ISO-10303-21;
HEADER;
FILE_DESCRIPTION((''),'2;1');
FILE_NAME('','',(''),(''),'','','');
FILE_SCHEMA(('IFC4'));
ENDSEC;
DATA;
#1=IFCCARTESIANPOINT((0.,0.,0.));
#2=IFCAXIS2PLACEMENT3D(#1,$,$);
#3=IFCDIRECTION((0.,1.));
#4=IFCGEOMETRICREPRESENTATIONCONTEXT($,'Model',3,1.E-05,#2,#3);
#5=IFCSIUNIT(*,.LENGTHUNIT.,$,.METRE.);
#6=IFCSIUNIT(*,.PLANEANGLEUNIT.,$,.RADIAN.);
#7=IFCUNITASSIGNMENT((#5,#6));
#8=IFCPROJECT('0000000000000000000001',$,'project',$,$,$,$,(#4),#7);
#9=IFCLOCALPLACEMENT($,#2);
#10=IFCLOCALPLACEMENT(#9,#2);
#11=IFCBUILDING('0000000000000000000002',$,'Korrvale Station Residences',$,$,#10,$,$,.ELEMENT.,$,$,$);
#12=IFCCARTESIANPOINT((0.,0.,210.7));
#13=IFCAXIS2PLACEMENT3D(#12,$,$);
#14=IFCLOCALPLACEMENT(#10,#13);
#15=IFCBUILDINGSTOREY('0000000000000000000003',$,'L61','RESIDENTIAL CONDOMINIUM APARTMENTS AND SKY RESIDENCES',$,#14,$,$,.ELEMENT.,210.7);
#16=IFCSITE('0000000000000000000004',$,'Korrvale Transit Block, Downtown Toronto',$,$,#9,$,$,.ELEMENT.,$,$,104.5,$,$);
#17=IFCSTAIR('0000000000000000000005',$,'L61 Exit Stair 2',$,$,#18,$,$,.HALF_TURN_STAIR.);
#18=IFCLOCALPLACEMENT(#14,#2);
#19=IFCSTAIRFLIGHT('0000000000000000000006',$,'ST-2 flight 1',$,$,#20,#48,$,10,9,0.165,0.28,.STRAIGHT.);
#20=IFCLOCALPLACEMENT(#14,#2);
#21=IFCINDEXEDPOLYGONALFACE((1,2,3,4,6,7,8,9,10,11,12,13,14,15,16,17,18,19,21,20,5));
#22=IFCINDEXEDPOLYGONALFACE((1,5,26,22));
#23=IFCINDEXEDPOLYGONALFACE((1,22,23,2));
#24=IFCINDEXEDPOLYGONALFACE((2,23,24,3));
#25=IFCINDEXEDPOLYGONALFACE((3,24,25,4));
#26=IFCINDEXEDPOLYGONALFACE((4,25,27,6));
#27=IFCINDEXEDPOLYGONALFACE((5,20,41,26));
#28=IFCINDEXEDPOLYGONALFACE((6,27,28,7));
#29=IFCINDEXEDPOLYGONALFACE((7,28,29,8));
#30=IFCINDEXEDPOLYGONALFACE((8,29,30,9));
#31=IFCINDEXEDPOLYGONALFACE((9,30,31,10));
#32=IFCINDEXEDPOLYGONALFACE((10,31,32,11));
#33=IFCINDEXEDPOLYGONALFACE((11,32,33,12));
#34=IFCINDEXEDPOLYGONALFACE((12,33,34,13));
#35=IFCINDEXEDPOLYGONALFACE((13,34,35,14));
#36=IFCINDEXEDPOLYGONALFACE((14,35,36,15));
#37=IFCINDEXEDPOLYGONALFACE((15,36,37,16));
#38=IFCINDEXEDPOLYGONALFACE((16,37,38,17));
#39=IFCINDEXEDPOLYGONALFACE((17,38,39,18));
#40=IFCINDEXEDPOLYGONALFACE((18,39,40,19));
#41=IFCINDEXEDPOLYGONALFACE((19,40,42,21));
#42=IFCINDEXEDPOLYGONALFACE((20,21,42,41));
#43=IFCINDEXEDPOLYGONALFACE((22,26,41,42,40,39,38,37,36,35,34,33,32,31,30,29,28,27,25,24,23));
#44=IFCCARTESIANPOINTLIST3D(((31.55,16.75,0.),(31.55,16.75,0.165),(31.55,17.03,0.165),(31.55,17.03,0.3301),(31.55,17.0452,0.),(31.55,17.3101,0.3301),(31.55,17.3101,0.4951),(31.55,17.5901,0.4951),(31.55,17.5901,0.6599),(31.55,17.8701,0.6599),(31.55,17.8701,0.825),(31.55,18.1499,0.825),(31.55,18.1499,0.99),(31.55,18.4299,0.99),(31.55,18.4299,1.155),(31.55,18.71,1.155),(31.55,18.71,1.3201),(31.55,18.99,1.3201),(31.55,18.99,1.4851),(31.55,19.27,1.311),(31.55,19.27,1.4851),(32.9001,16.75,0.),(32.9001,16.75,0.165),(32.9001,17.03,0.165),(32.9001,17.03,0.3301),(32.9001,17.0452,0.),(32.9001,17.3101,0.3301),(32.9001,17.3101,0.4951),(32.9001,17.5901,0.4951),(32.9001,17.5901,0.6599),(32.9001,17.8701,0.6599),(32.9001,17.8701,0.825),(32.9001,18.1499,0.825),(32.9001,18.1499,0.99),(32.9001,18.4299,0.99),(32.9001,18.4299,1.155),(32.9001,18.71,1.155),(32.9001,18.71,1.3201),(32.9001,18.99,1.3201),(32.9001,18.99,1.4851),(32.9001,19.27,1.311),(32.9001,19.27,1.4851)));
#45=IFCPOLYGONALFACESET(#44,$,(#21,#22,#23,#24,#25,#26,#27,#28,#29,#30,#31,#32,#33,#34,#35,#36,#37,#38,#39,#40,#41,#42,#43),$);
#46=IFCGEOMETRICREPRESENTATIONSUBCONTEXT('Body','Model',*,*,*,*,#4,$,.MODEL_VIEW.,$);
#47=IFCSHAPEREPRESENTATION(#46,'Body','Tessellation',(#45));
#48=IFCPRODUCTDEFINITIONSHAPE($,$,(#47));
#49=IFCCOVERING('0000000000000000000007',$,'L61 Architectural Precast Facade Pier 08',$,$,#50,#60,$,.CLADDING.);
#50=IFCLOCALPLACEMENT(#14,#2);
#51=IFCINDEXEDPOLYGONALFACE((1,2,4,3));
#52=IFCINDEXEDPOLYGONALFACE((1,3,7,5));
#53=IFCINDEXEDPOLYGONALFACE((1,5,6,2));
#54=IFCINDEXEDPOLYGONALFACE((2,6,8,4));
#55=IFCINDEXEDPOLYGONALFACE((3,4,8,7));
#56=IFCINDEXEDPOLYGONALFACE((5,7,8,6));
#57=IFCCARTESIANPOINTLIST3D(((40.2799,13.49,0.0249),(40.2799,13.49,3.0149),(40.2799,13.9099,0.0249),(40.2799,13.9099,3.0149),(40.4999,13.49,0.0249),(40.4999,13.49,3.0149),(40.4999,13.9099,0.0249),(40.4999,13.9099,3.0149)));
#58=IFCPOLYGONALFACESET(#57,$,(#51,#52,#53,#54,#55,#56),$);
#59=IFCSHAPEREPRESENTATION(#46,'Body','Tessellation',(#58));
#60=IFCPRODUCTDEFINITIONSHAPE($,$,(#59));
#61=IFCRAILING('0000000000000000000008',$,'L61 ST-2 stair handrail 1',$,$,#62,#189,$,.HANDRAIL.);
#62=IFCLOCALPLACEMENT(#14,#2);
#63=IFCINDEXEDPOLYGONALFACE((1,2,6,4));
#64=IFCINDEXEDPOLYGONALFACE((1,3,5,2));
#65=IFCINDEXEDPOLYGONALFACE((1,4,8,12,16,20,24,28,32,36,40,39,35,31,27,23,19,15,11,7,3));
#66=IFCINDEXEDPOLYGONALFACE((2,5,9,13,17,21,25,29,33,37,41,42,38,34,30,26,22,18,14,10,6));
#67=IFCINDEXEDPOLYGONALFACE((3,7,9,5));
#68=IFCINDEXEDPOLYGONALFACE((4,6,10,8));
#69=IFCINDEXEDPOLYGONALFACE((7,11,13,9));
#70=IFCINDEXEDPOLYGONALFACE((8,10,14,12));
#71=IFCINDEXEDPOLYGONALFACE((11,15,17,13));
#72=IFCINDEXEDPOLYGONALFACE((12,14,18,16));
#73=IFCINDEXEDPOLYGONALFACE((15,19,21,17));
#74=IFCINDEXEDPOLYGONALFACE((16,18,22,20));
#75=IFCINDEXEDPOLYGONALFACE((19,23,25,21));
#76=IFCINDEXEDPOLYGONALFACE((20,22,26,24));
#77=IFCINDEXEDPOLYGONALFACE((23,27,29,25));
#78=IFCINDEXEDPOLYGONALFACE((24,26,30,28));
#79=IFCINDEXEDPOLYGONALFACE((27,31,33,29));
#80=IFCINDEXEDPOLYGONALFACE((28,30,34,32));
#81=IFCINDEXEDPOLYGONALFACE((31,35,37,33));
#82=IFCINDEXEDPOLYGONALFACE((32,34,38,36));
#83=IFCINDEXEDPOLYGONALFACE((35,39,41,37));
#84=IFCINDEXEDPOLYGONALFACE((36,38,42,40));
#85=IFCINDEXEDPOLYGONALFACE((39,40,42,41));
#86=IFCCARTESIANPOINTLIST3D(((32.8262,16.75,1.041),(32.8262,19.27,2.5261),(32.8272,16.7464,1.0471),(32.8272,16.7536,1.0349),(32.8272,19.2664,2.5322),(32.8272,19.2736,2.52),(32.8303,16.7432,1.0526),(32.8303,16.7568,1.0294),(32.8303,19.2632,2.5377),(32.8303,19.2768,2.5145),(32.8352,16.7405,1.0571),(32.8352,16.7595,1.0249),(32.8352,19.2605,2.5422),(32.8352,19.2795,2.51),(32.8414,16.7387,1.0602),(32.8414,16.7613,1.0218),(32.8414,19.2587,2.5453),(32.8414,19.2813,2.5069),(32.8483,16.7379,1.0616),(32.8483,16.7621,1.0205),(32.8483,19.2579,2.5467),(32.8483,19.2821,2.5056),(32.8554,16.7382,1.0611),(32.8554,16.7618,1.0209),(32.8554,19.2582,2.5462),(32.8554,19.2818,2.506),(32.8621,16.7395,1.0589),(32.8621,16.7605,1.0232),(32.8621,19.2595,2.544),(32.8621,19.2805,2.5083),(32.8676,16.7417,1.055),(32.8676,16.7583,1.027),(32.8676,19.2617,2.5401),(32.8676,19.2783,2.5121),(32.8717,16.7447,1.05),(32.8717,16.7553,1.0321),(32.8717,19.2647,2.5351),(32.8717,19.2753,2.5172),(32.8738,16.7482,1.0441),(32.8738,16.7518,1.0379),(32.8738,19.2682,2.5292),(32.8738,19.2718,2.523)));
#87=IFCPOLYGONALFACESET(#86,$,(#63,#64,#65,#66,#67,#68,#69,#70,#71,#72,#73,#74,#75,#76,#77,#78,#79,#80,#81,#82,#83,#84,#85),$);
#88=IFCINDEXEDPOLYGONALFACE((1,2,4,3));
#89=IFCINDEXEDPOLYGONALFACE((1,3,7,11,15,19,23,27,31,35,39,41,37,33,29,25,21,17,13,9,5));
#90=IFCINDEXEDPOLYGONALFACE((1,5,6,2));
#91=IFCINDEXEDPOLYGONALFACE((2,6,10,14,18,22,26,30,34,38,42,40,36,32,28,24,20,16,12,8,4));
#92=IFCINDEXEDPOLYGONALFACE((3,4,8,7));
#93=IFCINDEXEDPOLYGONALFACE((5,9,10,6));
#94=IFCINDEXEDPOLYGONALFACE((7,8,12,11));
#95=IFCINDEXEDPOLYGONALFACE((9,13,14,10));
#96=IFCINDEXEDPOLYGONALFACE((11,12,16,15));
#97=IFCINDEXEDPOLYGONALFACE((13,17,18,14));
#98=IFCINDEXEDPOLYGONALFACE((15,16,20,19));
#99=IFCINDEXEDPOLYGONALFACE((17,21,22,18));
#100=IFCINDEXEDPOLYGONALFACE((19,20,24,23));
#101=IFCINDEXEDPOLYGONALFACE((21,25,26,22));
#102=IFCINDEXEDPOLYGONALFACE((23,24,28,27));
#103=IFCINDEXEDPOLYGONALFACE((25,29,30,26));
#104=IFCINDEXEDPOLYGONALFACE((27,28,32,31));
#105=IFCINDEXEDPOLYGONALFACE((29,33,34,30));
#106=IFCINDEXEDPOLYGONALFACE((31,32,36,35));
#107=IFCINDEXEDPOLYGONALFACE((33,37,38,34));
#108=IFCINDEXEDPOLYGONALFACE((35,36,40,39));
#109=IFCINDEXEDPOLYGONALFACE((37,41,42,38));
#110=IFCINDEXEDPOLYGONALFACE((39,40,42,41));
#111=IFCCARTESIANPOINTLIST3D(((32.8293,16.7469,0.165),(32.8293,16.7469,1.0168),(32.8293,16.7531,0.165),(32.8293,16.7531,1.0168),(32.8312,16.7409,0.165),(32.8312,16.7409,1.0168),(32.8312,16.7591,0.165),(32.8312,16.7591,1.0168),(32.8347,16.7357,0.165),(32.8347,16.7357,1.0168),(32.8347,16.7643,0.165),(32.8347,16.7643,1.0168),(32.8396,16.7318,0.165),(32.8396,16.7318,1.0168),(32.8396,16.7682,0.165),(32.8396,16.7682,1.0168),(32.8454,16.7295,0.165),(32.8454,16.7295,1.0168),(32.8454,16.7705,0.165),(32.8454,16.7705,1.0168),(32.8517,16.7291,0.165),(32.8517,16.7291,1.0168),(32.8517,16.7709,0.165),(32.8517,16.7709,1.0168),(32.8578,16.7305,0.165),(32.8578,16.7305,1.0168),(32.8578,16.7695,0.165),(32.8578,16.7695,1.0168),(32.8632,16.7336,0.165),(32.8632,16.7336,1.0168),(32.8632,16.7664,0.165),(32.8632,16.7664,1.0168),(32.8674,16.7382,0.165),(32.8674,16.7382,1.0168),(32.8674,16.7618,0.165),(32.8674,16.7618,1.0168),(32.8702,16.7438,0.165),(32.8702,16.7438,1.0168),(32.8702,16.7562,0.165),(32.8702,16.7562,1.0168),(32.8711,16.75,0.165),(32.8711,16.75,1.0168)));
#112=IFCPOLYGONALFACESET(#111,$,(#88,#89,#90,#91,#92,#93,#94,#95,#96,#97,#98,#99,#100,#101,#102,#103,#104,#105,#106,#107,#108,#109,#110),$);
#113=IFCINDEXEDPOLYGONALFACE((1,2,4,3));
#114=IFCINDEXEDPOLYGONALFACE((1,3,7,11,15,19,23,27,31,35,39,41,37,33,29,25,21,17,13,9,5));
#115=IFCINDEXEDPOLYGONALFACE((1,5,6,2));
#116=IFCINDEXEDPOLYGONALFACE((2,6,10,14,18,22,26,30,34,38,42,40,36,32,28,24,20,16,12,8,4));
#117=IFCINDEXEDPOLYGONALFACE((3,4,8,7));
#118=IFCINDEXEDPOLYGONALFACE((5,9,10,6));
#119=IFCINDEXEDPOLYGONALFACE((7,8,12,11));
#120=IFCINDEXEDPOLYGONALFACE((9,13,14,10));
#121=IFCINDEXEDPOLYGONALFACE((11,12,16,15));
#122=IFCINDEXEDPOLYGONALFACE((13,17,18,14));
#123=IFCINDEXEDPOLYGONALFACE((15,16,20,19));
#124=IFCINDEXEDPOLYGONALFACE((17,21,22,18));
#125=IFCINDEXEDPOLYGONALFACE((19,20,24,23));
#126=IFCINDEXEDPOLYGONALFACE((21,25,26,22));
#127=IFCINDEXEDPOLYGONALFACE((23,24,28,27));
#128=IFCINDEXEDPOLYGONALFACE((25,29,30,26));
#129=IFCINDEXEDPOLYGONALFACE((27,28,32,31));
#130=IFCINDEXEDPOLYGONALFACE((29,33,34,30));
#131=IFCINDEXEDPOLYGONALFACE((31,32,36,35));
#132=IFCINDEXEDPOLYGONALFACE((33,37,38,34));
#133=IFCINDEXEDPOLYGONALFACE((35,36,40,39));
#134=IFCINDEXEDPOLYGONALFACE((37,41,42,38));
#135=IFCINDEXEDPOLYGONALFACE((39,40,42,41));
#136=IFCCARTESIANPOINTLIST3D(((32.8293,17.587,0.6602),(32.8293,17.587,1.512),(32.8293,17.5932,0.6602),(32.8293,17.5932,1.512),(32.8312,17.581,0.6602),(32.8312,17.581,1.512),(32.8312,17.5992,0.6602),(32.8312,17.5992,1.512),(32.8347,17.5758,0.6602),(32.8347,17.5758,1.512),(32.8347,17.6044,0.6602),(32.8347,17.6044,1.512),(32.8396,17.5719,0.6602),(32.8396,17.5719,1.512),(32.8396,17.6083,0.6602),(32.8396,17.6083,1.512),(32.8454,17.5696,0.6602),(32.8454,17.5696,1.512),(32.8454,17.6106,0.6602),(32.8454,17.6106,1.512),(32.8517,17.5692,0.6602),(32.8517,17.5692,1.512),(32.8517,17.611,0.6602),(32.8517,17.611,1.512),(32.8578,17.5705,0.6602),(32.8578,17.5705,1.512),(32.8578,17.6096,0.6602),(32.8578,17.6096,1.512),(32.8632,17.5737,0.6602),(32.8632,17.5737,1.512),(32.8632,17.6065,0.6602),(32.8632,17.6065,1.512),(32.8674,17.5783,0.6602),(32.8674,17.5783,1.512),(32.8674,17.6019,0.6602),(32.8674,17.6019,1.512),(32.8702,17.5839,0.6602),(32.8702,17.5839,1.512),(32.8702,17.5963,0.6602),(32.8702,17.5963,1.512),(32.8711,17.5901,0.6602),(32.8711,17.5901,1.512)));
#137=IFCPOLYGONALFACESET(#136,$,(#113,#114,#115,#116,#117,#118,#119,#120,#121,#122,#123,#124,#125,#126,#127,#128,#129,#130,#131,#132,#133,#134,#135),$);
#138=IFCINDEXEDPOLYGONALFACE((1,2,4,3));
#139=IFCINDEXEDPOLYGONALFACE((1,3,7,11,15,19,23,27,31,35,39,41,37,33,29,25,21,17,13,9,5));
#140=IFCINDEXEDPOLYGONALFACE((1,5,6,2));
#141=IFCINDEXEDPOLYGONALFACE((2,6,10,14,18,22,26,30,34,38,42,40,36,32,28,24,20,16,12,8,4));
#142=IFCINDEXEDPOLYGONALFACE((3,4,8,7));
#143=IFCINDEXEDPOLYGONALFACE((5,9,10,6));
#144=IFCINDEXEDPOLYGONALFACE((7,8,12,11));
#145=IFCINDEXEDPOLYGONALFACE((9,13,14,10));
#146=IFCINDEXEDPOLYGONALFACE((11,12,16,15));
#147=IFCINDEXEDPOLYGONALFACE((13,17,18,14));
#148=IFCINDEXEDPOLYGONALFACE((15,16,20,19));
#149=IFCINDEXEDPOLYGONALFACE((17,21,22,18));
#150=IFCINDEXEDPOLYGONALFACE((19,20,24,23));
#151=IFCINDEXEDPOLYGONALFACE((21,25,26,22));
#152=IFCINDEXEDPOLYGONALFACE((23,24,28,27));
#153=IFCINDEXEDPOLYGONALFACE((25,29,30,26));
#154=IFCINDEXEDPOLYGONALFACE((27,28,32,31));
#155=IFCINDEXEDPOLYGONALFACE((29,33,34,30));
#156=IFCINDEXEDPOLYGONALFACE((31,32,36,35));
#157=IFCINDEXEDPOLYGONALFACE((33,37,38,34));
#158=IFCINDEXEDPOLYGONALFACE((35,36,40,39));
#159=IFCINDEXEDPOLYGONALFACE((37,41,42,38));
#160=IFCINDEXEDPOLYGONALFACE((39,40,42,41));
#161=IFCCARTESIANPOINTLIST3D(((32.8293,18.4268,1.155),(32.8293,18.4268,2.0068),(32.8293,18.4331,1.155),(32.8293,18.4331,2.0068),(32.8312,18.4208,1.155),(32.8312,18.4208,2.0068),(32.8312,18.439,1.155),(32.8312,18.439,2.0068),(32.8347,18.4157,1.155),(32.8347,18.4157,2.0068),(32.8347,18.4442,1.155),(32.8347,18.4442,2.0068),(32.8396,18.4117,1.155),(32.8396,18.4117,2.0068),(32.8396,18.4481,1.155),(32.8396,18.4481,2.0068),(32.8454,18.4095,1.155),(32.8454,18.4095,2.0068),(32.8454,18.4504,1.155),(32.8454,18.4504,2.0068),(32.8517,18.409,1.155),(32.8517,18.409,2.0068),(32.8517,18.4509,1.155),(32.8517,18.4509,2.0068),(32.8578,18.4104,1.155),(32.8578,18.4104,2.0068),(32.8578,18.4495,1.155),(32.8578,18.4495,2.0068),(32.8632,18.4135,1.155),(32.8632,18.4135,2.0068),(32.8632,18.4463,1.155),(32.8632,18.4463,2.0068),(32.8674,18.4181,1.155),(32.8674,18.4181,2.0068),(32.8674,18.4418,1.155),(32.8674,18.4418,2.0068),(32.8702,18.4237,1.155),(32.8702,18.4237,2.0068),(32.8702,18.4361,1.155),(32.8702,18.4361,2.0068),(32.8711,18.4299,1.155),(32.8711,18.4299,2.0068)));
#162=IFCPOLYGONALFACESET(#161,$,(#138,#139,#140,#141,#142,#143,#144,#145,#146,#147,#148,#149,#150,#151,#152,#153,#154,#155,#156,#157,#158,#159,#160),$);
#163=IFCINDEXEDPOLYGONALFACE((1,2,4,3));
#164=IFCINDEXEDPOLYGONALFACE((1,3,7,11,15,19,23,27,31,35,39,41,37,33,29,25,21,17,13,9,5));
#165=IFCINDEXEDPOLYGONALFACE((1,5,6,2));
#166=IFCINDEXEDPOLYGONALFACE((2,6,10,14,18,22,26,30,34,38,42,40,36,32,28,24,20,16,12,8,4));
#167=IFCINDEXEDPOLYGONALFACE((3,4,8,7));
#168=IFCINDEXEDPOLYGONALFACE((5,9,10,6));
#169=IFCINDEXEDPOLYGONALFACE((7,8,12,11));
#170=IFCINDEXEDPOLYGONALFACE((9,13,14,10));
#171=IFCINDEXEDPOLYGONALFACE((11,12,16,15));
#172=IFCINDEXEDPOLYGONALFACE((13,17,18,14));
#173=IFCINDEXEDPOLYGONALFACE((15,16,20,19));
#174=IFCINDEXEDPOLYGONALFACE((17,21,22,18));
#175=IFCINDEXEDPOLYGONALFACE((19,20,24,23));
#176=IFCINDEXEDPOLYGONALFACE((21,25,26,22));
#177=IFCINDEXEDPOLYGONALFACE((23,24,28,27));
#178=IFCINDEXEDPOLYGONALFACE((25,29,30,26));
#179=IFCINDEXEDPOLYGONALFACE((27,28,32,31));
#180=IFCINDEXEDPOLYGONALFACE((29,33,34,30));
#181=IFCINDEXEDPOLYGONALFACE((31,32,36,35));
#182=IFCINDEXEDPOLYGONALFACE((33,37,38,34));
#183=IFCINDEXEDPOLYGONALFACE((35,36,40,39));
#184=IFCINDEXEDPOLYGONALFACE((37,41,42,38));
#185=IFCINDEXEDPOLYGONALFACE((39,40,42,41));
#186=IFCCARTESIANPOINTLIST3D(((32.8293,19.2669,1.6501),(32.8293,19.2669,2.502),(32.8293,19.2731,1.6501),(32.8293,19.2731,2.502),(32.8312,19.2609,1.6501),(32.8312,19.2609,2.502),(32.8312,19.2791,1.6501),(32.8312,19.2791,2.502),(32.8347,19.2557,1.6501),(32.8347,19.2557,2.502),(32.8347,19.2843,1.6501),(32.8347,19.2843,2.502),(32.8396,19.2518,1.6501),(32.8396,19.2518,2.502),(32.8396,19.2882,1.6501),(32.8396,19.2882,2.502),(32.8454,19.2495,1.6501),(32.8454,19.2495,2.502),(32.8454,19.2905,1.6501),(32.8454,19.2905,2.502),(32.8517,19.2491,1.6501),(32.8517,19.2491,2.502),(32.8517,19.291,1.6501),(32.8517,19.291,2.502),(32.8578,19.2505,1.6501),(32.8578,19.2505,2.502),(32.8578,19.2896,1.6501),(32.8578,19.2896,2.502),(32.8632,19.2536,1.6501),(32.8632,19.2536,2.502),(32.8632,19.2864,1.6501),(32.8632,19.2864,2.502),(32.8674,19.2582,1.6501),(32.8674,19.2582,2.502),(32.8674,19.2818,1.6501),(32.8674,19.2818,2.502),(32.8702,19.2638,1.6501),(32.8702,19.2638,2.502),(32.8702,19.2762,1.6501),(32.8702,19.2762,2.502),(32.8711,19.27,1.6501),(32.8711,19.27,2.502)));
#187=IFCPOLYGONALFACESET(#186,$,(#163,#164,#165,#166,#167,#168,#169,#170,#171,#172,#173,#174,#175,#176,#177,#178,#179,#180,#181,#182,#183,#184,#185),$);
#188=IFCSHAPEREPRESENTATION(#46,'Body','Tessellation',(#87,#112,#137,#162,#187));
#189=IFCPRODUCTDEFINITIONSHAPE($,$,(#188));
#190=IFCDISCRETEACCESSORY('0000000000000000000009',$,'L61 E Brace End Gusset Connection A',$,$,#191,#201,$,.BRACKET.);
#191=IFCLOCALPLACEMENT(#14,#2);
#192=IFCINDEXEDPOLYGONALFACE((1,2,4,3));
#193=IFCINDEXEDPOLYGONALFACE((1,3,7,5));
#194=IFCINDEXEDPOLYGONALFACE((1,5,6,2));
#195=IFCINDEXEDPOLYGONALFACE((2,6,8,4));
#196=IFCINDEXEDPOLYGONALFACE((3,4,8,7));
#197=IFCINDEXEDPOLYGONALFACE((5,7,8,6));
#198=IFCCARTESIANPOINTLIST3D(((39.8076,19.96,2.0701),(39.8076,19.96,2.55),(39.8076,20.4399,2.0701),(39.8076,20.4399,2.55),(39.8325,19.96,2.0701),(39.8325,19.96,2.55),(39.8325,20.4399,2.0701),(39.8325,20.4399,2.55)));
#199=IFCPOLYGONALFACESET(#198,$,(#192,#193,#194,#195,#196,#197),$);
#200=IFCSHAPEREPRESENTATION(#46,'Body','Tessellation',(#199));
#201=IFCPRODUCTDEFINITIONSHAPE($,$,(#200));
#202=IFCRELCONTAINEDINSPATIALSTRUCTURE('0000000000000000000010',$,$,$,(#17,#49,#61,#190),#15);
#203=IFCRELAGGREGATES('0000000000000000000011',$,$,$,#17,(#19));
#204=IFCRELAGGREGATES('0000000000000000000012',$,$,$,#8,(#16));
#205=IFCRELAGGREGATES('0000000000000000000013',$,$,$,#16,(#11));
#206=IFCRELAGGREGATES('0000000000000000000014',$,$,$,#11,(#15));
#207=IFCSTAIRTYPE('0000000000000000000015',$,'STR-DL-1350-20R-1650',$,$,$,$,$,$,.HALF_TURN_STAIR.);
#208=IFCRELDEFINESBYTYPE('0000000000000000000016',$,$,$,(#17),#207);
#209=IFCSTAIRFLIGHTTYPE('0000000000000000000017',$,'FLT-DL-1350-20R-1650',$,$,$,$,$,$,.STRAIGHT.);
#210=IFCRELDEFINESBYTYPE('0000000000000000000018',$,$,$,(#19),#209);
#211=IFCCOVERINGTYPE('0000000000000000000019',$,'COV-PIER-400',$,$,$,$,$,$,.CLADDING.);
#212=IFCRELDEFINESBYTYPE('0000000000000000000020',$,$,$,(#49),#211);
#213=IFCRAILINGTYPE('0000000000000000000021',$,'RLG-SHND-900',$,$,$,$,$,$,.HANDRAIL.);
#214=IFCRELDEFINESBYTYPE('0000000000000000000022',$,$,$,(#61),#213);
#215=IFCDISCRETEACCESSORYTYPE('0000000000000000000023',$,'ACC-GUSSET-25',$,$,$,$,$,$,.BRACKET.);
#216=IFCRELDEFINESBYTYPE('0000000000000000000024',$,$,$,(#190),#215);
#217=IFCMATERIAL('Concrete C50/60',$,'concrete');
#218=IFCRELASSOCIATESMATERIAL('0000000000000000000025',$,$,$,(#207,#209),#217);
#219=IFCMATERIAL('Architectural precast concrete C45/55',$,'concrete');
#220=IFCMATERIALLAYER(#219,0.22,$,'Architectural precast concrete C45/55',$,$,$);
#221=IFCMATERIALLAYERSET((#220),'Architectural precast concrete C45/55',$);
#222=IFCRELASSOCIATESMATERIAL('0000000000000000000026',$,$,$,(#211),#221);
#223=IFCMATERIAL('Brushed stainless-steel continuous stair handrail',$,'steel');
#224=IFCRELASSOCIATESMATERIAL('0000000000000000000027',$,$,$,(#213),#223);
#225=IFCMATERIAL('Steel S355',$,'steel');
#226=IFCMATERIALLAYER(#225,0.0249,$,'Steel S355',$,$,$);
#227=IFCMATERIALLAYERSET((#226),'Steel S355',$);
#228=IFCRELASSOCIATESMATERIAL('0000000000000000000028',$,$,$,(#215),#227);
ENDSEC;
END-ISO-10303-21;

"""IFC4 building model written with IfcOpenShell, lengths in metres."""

from ifc_helpers import new_model, si_unit, direction, frame, origin, origin_2d, place, context, subcontext, project, spatial, polyline, rectangle, circle, outline, extrude, material, layer, layer_set, type_object, element, aggregate, save


model = new_model("IFC4")

# Units and contexts
model_context = context("Model", 3, precision=1e-05, world=origin(), true_north=direction((0.0, 1.0)))
body_context = subcontext(model_context, "Body", "Model", "MODEL_VIEW")
ifc_project = project(units=[si_unit("LENGTHUNIT", "METRE"), si_unit("PLANEANGLEUNIT", "RADIAN")], contexts=[model_context])

# Site, building, storey
site_placement = place(None, origin())
site = spatial("IfcSite", under=ifc_project, at=site_placement, Name="Korrvale Transit Block, Downtown Toronto", CompositionType="ELEMENT", RefElevation=104.5)
building_placement = place(site_placement, origin())
building = spatial("IfcBuilding", under=site, at=building_placement, Name="Korrvale Station Residences", CompositionType="ELEMENT")
storey_placement = place(building_placement, frame((0.0, 0.0, 210.7)))
storey = spatial("IfcBuildingStorey", under=building, at=storey_placement, Name="L61", Description="RESIDENTIAL CONDOMINIUM APARTMENTS AND SKY RESIDENCES", CompositionType="ELEMENT", Elevation=210.7)

# Shared definitions
ifc_material_1 = material(Name="Concrete C50/60", Category="concrete")

# Shared definitions
ifc_material_2 = material(Name="Steel S355", Category="steel")

# Stair, stair flight
stair_type = type_object("IfcStairType", Name="STR-DL-1350-20R-1650", PredefinedType="HALF_TURN_STAIR", material=ifc_material_1)
stair_placement = place(storey_placement, origin())
stair = element("IfcStair", 1, at=stair_placement, inside=storey, type_object=stair_type, Name="L61 Exit Stair 2", PredefinedType="HALF_TURN_STAIR")
stair_flight_type = type_object("IfcStairFlightType", Name="FLT-DL-1350-20R-1650", PredefinedType="STRAIGHT", material=ifc_material_1)
stair_flight_placement = place(storey_placement, frame((32.2251, 16.75, 0.0), z_axis=(0.0, 0.0, 1.0), x_axis=(0.0, 1.0, 0.0)))
stair_flight = element("IfcStairFlight", 2, at=stair_flight_placement, type_object=stair_flight_type, Name="ST-2 flight 1", NumberOfRisers=10, NumberOfTreads=9, PredefinedType="STRAIGHT", RiserHeight=0.165, TreadLength=0.28, context=body_context, shape_type="SweptSolid", body=[
    extrude(outline(polyline([(0.0, 0.0), (0.0, 0.165), (0.28, 0.165), (0.28, 0.3301), (0.5601, 0.3301), (0.5601, 0.4951), (0.8401, 0.4951), (0.8401, 0.6599), (1.1201, 0.6599), (1.1201, 0.825), (1.3999, 0.825), (1.3999, 0.99), (1.6799, 0.99), (1.6799, 1.155), (1.96, 1.155), (1.96, 1.3201), (2.24, 1.3201), (2.24, 1.4851), (2.52, 1.4851), (2.52, 1.6499), (2.52, 1.311), (0.2952, 0.0), (0.0, 0.0)])), frame((0.0, 0.675, 0.0), z_axis=(0.0, -1.0, 0.0), x_axis=(1.0, 0.0, 0.0)), (0.0, 0.0, 1.0), 1.3501),
])
aggregate(stair, [stair_flight])

# Covering
ifc_material_3 = material(Name="Architectural precast concrete C45/55", Category="concrete")
ifc_layer_1 = layer(ifc_material_3, 0.22, Name="Architectural precast concrete C45/55")
ifc_layer_set_1 = layer_set([ifc_layer_1], Name="Architectural precast concrete C45/55")
covering_type = type_object("IfcCoveringType", Name="COV-PIER-400", PredefinedType="CLADDING", material=ifc_layer_set_1)
covering_placement = place(storey_placement, frame((40.3899, 13.7, 0.0249), z_axis=(0.0, 0.0, 1.0), x_axis=(0.0, 1.0, 0.0)))
element("IfcCovering", 3, at=covering_placement, inside=storey, type_object=covering_type, Name="L61 Architectural Precast Facade Pier 08", PredefinedType="CLADDING", context=body_context, shape_type="SweptSolid", body=[
    extrude(rectangle(XDim=0.4199, YDim=0.22, at=origin_2d()), origin(), (0.0, 0.0, 1.0), 2.99),
])

# Railing
ifc_material_4 = material(Name="Brushed stainless-steel continuous stair handrail", Category="steel")
railing_type = type_object("IfcRailingType", Name="RLG-SHND-900", PredefinedType="HANDRAIL", material=ifc_material_4)
railing_placement = place(storey_placement, frame((32.8501, 16.75, 0.165)))
element("IfcRailing", 4, at=railing_placement, inside=storey, type_object=railing_type, Name="L61 ST-2 stair handrail 1", PredefinedType="HANDRAIL", context=body_context, shape_type="SweptSolid", body=[
    extrude(circle(Radius=0.0239, at=origin_2d()), frame((0.0, 0.0, 0.876), z_axis=(0.0, 0.861524, 0.507717), x_axis=(-1.0, 0.0, 0.0)), (0.0, 0.0, 1.0), 2.925),
    extrude(circle(Radius=0.021, at=origin_2d()), origin(), (0.0, 0.0, 1.0), 0.8518),
    extrude(circle(Radius=0.021, at=origin_2d()), frame((0.0, 0.8401, 0.4951)), (0.0, 0.0, 1.0), 0.8518),
    extrude(circle(Radius=0.021, at=origin_2d()), frame((0.0, 1.6799, 0.99)), (0.0, 0.0, 1.0), 0.8518),
    extrude(circle(Radius=0.021, at=origin_2d()), frame((0.0, 2.52, 1.4851)), (0.0, 0.0, 1.0), 0.8518),
])

# Discrete accessory
ifc_layer_2 = layer(ifc_material_2, 0.0249, Name="Steel S355")
ifc_layer_set_2 = layer_set([ifc_layer_2], Name="Steel S355")
discrete_accessory_type = type_object("IfcDiscreteAccessoryType", Name="ACC-GUSSET-25", PredefinedType="BRACKET", material=ifc_layer_set_2)
discrete_accessory_placement = place(storey_placement, frame((39.8201, 20.2, 2.0701), z_axis=(0.0, 0.0, 1.0), x_axis=(0.0, 1.0, 0.0)))
element("IfcDiscreteAccessory", 5, at=discrete_accessory_placement, inside=storey, type_object=discrete_accessory_type, Name="L61 E Brace End Gusset Connection A", PredefinedType="BRACKET", context=body_context, shape_type="SweptSolid", body=[
    extrude(rectangle(XDim=0.48, YDim=0.0249, at=origin_2d()), origin(), (0.0, 0.0, 1.0), 0.48),
])

save(model, "model.ifc")
